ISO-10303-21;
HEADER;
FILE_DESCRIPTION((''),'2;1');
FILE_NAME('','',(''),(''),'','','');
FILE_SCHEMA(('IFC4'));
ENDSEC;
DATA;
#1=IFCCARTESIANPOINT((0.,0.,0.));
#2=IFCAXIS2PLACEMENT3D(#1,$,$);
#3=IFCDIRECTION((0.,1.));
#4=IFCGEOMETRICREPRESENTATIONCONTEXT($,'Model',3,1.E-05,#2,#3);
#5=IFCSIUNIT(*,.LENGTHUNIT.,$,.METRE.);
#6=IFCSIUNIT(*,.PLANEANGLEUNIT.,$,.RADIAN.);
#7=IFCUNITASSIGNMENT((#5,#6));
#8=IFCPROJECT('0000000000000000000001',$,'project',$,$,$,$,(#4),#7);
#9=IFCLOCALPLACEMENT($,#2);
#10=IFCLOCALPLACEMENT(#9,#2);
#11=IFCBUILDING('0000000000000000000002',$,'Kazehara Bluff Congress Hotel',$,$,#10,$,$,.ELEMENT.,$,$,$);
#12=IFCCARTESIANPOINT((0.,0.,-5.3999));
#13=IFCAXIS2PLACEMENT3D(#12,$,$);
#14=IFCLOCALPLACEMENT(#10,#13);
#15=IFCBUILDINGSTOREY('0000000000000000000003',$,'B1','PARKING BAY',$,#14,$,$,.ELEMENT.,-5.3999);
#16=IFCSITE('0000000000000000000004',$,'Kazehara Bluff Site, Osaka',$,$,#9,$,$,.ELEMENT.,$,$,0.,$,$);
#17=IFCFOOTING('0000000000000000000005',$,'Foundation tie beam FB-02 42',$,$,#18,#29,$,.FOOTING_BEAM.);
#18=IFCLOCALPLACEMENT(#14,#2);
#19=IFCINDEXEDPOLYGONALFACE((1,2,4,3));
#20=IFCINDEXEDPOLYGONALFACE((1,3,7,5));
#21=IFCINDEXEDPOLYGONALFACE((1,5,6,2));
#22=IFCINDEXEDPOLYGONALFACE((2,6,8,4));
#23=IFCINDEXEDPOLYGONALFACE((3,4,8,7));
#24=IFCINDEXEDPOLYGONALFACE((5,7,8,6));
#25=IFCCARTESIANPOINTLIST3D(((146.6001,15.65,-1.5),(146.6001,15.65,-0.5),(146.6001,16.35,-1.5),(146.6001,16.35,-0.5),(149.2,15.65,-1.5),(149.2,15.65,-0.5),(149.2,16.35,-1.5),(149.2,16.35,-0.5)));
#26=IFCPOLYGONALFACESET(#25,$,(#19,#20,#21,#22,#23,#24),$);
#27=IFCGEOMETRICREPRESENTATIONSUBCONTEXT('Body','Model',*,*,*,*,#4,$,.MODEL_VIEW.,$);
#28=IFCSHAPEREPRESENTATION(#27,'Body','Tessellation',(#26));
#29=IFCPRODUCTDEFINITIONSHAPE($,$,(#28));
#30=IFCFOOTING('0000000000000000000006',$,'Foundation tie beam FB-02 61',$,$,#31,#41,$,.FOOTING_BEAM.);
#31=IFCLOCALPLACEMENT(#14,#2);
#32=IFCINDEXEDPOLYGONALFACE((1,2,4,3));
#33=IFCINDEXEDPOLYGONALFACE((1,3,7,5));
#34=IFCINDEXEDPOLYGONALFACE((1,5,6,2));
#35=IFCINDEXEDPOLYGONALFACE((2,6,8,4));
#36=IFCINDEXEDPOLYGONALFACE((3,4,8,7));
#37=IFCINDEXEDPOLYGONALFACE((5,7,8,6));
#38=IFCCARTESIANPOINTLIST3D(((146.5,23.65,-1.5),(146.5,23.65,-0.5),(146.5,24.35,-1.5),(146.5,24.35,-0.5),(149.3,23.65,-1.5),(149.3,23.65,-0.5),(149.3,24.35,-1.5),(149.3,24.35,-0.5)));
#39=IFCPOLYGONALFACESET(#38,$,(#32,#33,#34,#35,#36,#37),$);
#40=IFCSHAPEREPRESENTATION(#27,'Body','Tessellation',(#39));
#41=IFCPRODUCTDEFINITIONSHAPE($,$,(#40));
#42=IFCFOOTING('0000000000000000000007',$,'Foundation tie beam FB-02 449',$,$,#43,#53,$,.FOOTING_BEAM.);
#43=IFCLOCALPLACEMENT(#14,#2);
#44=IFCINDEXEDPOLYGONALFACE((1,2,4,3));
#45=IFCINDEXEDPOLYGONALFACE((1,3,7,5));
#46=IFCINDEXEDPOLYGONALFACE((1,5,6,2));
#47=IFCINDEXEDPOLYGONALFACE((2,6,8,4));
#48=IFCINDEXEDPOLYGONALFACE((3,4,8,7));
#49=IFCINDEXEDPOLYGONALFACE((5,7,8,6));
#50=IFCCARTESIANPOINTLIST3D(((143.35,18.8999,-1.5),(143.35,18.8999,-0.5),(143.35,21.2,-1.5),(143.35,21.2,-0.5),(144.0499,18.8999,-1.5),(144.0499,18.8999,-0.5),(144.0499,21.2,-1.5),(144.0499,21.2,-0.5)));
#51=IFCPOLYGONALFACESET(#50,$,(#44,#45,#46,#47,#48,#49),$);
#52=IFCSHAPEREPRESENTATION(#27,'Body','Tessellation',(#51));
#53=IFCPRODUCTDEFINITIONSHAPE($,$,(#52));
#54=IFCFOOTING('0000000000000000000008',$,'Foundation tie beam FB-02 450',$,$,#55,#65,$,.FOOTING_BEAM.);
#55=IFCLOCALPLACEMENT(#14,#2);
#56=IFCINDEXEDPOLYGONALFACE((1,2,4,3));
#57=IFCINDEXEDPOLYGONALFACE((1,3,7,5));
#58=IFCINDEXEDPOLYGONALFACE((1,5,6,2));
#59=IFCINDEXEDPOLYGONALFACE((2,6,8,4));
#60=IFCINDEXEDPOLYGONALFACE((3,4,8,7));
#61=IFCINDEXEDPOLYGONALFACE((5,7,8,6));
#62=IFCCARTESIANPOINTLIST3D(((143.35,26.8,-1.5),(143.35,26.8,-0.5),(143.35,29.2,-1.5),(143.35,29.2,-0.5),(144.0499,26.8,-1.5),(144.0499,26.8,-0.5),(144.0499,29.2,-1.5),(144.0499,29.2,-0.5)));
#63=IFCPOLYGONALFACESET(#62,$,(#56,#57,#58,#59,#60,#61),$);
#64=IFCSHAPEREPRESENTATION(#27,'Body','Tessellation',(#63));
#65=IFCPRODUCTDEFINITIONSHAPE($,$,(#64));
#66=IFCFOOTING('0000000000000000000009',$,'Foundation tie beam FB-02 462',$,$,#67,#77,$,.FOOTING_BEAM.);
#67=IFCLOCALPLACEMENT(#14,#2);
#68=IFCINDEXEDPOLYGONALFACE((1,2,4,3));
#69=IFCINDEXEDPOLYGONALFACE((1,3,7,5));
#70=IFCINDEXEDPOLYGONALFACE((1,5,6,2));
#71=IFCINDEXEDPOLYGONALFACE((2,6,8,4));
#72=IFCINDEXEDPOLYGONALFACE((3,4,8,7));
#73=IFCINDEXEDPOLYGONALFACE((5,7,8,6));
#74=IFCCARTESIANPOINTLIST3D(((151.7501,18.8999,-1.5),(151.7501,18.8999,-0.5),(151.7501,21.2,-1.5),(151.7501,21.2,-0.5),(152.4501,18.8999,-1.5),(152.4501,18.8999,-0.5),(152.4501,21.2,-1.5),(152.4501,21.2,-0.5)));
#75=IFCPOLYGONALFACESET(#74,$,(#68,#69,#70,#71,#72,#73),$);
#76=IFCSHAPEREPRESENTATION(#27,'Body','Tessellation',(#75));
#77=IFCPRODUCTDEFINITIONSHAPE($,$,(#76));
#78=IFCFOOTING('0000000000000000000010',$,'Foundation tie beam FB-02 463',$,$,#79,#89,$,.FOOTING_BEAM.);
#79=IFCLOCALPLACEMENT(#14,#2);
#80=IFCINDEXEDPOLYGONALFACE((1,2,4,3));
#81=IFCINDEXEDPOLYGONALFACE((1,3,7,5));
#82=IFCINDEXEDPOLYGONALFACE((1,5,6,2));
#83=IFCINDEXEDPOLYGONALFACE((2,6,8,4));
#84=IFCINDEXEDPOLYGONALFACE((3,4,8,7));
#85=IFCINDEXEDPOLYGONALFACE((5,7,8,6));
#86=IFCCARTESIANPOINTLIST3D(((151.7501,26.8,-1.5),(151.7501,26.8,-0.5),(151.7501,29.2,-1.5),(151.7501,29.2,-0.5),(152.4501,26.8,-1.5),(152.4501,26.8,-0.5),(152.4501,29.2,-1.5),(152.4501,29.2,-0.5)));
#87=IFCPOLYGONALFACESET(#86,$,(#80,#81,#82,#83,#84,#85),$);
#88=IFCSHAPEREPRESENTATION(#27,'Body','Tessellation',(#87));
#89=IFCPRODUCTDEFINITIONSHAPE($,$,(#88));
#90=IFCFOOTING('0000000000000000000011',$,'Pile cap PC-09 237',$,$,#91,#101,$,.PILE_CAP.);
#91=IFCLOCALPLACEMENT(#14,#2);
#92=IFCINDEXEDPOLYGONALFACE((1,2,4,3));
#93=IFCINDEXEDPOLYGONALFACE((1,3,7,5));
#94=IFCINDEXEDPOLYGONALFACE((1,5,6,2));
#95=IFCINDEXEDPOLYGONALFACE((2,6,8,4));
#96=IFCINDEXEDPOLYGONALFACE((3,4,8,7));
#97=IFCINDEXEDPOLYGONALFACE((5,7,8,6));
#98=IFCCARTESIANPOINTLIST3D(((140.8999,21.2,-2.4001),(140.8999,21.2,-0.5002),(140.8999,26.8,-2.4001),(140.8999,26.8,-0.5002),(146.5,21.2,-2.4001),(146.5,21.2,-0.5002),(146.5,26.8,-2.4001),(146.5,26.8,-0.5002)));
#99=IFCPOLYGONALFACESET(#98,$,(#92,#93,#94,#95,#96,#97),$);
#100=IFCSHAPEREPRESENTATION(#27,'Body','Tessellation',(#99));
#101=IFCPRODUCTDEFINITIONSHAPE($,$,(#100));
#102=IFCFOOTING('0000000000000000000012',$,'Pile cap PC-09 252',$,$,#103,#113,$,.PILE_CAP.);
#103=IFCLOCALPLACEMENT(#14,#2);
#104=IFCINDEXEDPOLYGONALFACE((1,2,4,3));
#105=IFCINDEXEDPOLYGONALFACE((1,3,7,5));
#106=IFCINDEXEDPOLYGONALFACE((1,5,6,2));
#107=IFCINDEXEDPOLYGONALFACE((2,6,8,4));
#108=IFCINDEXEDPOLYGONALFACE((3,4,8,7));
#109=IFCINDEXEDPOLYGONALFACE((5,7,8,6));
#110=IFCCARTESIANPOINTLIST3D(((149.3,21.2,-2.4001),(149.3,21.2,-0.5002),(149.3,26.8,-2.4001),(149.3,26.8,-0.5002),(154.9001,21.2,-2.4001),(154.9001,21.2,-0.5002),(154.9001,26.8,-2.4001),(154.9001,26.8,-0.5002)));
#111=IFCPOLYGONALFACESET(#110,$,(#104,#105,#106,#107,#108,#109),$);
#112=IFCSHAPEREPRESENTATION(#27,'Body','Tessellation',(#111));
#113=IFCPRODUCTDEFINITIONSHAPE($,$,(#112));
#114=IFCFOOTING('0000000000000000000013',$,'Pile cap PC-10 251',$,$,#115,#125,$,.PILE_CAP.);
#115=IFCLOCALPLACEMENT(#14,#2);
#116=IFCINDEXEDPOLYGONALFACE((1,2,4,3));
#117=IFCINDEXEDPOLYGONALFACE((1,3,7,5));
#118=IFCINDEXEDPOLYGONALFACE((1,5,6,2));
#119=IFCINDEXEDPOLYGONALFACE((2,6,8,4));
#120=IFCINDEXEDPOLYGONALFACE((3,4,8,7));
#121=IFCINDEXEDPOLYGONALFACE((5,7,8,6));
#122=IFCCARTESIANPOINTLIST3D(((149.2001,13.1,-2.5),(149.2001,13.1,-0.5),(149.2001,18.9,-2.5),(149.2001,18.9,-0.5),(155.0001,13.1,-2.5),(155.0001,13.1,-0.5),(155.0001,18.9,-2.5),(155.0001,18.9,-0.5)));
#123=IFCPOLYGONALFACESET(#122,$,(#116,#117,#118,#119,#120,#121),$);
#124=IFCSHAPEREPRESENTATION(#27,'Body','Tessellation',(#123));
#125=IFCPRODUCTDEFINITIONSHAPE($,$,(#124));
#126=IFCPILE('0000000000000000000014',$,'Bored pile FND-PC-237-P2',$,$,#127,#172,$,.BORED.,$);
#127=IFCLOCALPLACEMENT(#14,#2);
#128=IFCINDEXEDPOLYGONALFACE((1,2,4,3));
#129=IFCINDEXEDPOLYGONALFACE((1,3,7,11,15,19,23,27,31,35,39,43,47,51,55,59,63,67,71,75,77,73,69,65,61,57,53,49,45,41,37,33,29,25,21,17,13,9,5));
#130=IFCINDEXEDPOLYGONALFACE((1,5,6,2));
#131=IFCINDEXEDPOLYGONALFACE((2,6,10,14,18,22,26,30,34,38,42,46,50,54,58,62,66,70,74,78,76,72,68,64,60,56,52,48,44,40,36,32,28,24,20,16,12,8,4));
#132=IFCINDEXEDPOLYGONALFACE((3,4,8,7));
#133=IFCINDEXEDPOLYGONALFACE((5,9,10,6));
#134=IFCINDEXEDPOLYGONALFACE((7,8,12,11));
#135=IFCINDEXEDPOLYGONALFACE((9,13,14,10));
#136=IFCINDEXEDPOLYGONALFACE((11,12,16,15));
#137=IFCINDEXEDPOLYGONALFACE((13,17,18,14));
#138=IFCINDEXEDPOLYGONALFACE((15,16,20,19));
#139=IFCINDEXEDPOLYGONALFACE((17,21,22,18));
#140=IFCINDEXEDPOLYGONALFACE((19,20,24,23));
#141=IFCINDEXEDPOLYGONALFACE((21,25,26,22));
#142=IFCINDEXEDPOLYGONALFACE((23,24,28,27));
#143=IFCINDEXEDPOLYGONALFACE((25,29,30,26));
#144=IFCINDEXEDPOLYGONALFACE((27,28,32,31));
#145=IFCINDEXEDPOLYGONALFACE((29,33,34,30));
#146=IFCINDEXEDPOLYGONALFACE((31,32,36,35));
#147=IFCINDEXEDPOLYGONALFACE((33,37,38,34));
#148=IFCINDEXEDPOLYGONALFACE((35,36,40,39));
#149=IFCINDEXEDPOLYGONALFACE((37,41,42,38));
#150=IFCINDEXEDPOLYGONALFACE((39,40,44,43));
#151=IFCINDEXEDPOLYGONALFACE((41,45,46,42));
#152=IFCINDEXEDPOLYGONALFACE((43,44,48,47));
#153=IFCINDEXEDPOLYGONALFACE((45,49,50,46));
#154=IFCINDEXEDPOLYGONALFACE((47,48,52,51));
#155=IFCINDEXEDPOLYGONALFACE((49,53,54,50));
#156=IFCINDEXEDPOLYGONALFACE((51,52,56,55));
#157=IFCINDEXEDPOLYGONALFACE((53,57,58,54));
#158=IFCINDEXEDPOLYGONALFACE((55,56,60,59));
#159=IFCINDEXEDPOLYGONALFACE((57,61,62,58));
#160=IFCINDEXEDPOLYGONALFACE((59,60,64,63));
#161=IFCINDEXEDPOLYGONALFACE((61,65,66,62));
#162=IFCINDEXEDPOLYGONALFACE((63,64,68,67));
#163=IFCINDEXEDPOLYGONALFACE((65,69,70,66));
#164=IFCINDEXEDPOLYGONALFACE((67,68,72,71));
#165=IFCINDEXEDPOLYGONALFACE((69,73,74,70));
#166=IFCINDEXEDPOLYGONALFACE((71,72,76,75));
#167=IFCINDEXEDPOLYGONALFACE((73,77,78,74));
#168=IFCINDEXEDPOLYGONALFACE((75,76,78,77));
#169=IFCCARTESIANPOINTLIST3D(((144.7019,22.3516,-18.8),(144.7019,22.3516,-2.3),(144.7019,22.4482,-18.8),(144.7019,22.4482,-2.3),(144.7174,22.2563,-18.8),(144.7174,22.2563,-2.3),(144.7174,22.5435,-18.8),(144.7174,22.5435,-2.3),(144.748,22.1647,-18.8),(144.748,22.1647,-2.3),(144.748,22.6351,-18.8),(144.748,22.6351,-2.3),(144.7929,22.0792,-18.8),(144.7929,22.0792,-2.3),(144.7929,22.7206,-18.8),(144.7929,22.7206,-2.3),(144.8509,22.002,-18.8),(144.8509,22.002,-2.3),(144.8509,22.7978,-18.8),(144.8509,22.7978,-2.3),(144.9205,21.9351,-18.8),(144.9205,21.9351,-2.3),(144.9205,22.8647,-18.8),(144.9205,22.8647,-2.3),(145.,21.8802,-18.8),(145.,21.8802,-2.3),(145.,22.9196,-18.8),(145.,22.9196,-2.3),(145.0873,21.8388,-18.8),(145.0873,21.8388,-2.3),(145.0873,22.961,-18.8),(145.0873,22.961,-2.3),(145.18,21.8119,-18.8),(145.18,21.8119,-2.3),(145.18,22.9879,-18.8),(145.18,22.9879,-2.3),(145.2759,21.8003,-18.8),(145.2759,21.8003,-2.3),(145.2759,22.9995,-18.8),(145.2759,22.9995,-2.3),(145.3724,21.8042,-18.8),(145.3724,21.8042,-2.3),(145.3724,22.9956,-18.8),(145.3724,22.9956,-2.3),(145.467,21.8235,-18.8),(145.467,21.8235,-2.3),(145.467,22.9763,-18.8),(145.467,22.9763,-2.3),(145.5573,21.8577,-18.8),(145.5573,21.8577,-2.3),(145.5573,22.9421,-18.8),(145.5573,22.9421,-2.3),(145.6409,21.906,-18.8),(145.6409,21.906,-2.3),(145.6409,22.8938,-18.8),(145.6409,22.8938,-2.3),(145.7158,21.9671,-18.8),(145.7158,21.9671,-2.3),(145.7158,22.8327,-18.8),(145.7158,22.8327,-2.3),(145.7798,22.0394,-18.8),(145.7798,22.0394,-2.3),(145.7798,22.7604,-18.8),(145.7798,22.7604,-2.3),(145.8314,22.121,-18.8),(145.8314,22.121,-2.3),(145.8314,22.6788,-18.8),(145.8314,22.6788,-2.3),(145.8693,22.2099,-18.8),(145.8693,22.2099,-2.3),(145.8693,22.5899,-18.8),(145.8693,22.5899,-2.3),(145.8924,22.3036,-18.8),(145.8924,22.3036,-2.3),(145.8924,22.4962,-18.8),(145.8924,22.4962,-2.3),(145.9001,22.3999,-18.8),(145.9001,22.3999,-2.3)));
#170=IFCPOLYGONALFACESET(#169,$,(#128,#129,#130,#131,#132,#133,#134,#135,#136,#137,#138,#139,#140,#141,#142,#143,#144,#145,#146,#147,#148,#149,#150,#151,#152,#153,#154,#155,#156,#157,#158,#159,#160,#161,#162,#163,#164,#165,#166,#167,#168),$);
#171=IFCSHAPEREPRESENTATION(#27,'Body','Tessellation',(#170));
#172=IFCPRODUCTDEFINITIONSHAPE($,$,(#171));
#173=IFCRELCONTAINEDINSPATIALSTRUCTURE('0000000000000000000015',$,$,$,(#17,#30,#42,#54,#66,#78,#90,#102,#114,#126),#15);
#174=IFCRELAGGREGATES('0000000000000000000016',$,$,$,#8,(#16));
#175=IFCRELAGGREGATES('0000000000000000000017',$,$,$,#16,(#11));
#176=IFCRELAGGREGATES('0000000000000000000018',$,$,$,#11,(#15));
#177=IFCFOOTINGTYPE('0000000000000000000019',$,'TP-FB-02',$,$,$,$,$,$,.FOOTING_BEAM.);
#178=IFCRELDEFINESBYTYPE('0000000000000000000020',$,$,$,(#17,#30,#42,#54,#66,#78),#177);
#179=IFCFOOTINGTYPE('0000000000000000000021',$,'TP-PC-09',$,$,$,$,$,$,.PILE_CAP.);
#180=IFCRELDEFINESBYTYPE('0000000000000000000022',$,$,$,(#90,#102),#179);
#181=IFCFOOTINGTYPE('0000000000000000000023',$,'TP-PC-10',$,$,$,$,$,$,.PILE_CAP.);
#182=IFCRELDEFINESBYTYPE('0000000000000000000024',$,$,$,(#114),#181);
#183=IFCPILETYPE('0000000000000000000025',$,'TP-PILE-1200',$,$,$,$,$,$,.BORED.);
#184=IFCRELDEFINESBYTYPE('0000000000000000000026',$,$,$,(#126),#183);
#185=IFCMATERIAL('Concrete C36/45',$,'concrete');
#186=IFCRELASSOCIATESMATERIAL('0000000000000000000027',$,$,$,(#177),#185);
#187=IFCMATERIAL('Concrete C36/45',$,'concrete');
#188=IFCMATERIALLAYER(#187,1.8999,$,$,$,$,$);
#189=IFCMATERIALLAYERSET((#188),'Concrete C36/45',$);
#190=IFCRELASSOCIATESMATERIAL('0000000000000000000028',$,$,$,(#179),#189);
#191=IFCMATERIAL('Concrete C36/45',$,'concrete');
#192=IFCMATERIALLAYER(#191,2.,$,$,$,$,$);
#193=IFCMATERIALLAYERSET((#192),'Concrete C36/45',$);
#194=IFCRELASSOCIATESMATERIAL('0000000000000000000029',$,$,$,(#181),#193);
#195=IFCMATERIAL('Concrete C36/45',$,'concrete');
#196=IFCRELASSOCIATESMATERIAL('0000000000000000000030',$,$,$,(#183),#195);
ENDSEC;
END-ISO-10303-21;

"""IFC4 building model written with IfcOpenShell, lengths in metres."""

from ifc_helpers import new_model, si_unit, direction, frame, origin, origin_2d, place, context, subcontext, project, spatial, rectangle, circle, extrude, material, layer, layer_set, material_profile, profile_set, type_object, element, save


model = new_model("IFC4")

# Units and contexts
model_context = context("Model", 3, precision=1e-05, world=origin(), true_north=direction((0.0, 1.0)))
body_context = subcontext(model_context, "Body", "Model", "MODEL_VIEW")
ifc_project = project(units=[si_unit("LENGTHUNIT", "METRE"), si_unit("PLANEANGLEUNIT", "RADIAN")], contexts=[model_context])

# Site, building, storey
site_placement = place(None, origin())
site = spatial("IfcSite", under=ifc_project, at=site_placement, Name="Kazehara Bluff Site, Osaka", CompositionType="ELEMENT", RefElevation=0.0)
building_placement = place(site_placement, origin())
building = spatial("IfcBuilding", under=site, at=building_placement, Name="Kazehara Bluff Congress Hotel", CompositionType="ELEMENT")
storey_placement = place(building_placement, frame((0.0, 0.0, -5.3999)))
storey = spatial("IfcBuildingStorey", under=building, at=storey_placement, Name="B1", Description="PARKING BAY", CompositionType="ELEMENT", Elevation=-5.3999)

# Footings
ifc_material_1 = material(Name="Concrete C36/45", Category="concrete")
ifc_material_profile_1 = material_profile(ifc_material_1, rectangle(XDim=0.7, YDim=1.0, at=origin_2d()))
ifc_profile_set_1 = profile_set([ifc_material_profile_1], Name="Concrete C36/45")
footing_type_1 = type_object("IfcFootingType", Name="TP-FB-02", PredefinedType="FOOTING_BEAM", material=ifc_profile_set_1)
footing_1_placement = place(storey_placement, frame((146.6001, 16.0, -1.0), z_axis=(1.0, 0.0, 0.0), x_axis=(0.0, 1.0, 0.0)))
element("IfcFooting", 1, at=footing_1_placement, inside=storey, type_object=footing_type_1, Name="Foundation tie beam FB-02 42", PredefinedType="FOOTING_BEAM", context=body_context, shape_type="SweptSolid", body=[
    extrude(rectangle(XDim=0.7, YDim=1.0, at=origin_2d()), origin(), (0.0, 0.0, 1.0), 2.5999),
])
footing_2_placement = place(storey_placement, frame((146.5, 24.0, -1.0), z_axis=(1.0, 0.0, 0.0), x_axis=(0.0, 1.0, 0.0)))
element("IfcFooting", 2, at=footing_2_placement, inside=storey, type_object=footing_type_1, Name="Foundation tie beam FB-02 61", PredefinedType="FOOTING_BEAM", context=body_context, shape_type="SweptSolid", body=[
    extrude(rectangle(XDim=0.7, YDim=1.0, at=origin_2d()), origin(), (0.0, 0.0, 1.0), 2.8),
])
footing_3_placement = place(storey_placement, frame((143.7, 18.8999, -1.0), z_axis=(0.0, 1.0, 0.0), x_axis=(-1.0, 0.0, 0.0)))
element("IfcFooting", 3, at=footing_3_placement, inside=storey, type_object=footing_type_1, Name="Foundation tie beam FB-02 449", PredefinedType="FOOTING_BEAM", context=body_context, shape_type="SweptSolid", body=[
    extrude(rectangle(XDim=0.7, YDim=1.0, at=origin_2d()), origin(), (0.0, 0.0, 1.0), 2.3),
])
footing_4_placement = place(storey_placement, frame((143.7, 26.8, -1.0), z_axis=(0.0, 1.0, 0.0), x_axis=(-1.0, 0.0, 0.0)))
element("IfcFooting", 4, at=footing_4_placement, inside=storey, type_object=footing_type_1, Name="Foundation tie beam FB-02 450", PredefinedType="FOOTING_BEAM", context=body_context, shape_type="SweptSolid", body=[
    extrude(rectangle(XDim=0.7, YDim=1.0, at=origin_2d()), origin(), (0.0, 0.0, 1.0), 2.3999),
])
footing_5_placement = place(storey_placement, frame((152.1001, 18.8999, -1.0), z_axis=(0.0, 1.0, 0.0), x_axis=(-1.0, 0.0, 0.0)))
element("IfcFooting", 5, at=footing_5_placement, inside=storey, type_object=footing_type_1, Name="Foundation tie beam FB-02 462", PredefinedType="FOOTING_BEAM", context=body_context, shape_type="SweptSolid", body=[
    extrude(rectangle(XDim=0.7, YDim=1.0, at=origin_2d()), origin(), (0.0, 0.0, 1.0), 2.3),
])
footing_6_placement = place(storey_placement, frame((152.1001, 26.8, -1.0), z_axis=(0.0, 1.0, 0.0), x_axis=(-1.0, 0.0, 0.0)))
element("IfcFooting", 6, at=footing_6_placement, inside=storey, type_object=footing_type_1, Name="Foundation tie beam FB-02 463", PredefinedType="FOOTING_BEAM", context=body_context, shape_type="SweptSolid", body=[
    extrude(rectangle(XDim=0.7, YDim=1.0, at=origin_2d()), origin(), (0.0, 0.0, 1.0), 2.3999),
])
ifc_material_2 = material(Name="Concrete C36/45", Category="concrete")
ifc_layer_1 = layer(ifc_material_2, 1.8999)
ifc_layer_set_1 = layer_set([ifc_layer_1], Name="Concrete C36/45")
footing_type_2 = type_object("IfcFootingType", Name="TP-PC-09", PredefinedType="PILE_CAP", material=ifc_layer_set_1)
for number, where, z_axis, x_axis, name in (
    (7, (143.7, 24.0, -2.4001), (0.0, 0.0, 1.0), (1.0, 0.0, 0.0), "Pile cap PC-09 237"),
    (8, (152.1001, 24.0, -2.4001), (0.0, 0.0, 1.0), (1.0, 0.0, 0.0), "Pile cap PC-09 252"),
):
    element("IfcFooting", number, at=place(storey_placement, frame(where, z_axis=z_axis, x_axis=x_axis)), inside=storey, type_object=footing_type_2, Name=name, PredefinedType="PILE_CAP", context=body_context, shape_type="SweptSolid", body=[
        extrude(rectangle(XDim=5.6001, YDim=5.6001, at=origin_2d()), origin(), (0.0, 0.0, 1.0), 1.8999),
    ])
ifc_material_3 = material(Name="Concrete C36/45", Category="concrete")
ifc_layer_2 = layer(ifc_material_3, 2.0)
ifc_layer_set_2 = layer_set([ifc_layer_2], Name="Concrete C36/45")
footing_type_3 = type_object("IfcFootingType", Name="TP-PC-10", PredefinedType="PILE_CAP", material=ifc_layer_set_2)
footing_7_placement = place(storey_placement, frame((152.1001, 16.0, -2.5), z_axis=(0.0, 0.0, 1.0), x_axis=(1.0, 0.0, 0.0)))
element("IfcFooting", 9, at=footing_7_placement, inside=storey, type_object=footing_type_3, Name="Pile cap PC-10 251", PredefinedType="PILE_CAP", context=body_context, shape_type="SweptSolid", body=[
    extrude(rectangle(XDim=5.8, YDim=5.8, at=origin_2d()), origin(), (0.0, 0.0, 1.0), 2.0),
])

# Pile
ifc_material_4 = material(Name="Concrete C36/45", Category="concrete")
ifc_material_profile_2 = material_profile(ifc_material_4, circle(Radius=0.6001, at=origin_2d()))
ifc_profile_set_2 = profile_set([ifc_material_profile_2], Name="Concrete C36/45")
pile_type_1 = type_object("IfcPileType", Name="TP-PILE-1200", PredefinedType="BORED", material=ifc_profile_set_2)
for number, where, z_axis, x_axis, name in (
    (10, (145.3, 22.3999, -2.3), (0.0, 0.0, -1.0), (1.0, 0.0, 0.0), "Bored pile FND-PC-237-P2"),
):
    element("IfcPile", number, at=place(storey_placement, frame(where, z_axis=z_axis, x_axis=x_axis)), inside=storey, type_object=pile_type_1, Name=name, PredefinedType="BORED", context=body_context, shape_type="SweptSolid", body=[
        extrude(circle(Radius=0.6001, at=origin_2d()), origin(), (0.0, 0.0, 1.0), 16.5),
    ])

save(model, "model.ifc")
